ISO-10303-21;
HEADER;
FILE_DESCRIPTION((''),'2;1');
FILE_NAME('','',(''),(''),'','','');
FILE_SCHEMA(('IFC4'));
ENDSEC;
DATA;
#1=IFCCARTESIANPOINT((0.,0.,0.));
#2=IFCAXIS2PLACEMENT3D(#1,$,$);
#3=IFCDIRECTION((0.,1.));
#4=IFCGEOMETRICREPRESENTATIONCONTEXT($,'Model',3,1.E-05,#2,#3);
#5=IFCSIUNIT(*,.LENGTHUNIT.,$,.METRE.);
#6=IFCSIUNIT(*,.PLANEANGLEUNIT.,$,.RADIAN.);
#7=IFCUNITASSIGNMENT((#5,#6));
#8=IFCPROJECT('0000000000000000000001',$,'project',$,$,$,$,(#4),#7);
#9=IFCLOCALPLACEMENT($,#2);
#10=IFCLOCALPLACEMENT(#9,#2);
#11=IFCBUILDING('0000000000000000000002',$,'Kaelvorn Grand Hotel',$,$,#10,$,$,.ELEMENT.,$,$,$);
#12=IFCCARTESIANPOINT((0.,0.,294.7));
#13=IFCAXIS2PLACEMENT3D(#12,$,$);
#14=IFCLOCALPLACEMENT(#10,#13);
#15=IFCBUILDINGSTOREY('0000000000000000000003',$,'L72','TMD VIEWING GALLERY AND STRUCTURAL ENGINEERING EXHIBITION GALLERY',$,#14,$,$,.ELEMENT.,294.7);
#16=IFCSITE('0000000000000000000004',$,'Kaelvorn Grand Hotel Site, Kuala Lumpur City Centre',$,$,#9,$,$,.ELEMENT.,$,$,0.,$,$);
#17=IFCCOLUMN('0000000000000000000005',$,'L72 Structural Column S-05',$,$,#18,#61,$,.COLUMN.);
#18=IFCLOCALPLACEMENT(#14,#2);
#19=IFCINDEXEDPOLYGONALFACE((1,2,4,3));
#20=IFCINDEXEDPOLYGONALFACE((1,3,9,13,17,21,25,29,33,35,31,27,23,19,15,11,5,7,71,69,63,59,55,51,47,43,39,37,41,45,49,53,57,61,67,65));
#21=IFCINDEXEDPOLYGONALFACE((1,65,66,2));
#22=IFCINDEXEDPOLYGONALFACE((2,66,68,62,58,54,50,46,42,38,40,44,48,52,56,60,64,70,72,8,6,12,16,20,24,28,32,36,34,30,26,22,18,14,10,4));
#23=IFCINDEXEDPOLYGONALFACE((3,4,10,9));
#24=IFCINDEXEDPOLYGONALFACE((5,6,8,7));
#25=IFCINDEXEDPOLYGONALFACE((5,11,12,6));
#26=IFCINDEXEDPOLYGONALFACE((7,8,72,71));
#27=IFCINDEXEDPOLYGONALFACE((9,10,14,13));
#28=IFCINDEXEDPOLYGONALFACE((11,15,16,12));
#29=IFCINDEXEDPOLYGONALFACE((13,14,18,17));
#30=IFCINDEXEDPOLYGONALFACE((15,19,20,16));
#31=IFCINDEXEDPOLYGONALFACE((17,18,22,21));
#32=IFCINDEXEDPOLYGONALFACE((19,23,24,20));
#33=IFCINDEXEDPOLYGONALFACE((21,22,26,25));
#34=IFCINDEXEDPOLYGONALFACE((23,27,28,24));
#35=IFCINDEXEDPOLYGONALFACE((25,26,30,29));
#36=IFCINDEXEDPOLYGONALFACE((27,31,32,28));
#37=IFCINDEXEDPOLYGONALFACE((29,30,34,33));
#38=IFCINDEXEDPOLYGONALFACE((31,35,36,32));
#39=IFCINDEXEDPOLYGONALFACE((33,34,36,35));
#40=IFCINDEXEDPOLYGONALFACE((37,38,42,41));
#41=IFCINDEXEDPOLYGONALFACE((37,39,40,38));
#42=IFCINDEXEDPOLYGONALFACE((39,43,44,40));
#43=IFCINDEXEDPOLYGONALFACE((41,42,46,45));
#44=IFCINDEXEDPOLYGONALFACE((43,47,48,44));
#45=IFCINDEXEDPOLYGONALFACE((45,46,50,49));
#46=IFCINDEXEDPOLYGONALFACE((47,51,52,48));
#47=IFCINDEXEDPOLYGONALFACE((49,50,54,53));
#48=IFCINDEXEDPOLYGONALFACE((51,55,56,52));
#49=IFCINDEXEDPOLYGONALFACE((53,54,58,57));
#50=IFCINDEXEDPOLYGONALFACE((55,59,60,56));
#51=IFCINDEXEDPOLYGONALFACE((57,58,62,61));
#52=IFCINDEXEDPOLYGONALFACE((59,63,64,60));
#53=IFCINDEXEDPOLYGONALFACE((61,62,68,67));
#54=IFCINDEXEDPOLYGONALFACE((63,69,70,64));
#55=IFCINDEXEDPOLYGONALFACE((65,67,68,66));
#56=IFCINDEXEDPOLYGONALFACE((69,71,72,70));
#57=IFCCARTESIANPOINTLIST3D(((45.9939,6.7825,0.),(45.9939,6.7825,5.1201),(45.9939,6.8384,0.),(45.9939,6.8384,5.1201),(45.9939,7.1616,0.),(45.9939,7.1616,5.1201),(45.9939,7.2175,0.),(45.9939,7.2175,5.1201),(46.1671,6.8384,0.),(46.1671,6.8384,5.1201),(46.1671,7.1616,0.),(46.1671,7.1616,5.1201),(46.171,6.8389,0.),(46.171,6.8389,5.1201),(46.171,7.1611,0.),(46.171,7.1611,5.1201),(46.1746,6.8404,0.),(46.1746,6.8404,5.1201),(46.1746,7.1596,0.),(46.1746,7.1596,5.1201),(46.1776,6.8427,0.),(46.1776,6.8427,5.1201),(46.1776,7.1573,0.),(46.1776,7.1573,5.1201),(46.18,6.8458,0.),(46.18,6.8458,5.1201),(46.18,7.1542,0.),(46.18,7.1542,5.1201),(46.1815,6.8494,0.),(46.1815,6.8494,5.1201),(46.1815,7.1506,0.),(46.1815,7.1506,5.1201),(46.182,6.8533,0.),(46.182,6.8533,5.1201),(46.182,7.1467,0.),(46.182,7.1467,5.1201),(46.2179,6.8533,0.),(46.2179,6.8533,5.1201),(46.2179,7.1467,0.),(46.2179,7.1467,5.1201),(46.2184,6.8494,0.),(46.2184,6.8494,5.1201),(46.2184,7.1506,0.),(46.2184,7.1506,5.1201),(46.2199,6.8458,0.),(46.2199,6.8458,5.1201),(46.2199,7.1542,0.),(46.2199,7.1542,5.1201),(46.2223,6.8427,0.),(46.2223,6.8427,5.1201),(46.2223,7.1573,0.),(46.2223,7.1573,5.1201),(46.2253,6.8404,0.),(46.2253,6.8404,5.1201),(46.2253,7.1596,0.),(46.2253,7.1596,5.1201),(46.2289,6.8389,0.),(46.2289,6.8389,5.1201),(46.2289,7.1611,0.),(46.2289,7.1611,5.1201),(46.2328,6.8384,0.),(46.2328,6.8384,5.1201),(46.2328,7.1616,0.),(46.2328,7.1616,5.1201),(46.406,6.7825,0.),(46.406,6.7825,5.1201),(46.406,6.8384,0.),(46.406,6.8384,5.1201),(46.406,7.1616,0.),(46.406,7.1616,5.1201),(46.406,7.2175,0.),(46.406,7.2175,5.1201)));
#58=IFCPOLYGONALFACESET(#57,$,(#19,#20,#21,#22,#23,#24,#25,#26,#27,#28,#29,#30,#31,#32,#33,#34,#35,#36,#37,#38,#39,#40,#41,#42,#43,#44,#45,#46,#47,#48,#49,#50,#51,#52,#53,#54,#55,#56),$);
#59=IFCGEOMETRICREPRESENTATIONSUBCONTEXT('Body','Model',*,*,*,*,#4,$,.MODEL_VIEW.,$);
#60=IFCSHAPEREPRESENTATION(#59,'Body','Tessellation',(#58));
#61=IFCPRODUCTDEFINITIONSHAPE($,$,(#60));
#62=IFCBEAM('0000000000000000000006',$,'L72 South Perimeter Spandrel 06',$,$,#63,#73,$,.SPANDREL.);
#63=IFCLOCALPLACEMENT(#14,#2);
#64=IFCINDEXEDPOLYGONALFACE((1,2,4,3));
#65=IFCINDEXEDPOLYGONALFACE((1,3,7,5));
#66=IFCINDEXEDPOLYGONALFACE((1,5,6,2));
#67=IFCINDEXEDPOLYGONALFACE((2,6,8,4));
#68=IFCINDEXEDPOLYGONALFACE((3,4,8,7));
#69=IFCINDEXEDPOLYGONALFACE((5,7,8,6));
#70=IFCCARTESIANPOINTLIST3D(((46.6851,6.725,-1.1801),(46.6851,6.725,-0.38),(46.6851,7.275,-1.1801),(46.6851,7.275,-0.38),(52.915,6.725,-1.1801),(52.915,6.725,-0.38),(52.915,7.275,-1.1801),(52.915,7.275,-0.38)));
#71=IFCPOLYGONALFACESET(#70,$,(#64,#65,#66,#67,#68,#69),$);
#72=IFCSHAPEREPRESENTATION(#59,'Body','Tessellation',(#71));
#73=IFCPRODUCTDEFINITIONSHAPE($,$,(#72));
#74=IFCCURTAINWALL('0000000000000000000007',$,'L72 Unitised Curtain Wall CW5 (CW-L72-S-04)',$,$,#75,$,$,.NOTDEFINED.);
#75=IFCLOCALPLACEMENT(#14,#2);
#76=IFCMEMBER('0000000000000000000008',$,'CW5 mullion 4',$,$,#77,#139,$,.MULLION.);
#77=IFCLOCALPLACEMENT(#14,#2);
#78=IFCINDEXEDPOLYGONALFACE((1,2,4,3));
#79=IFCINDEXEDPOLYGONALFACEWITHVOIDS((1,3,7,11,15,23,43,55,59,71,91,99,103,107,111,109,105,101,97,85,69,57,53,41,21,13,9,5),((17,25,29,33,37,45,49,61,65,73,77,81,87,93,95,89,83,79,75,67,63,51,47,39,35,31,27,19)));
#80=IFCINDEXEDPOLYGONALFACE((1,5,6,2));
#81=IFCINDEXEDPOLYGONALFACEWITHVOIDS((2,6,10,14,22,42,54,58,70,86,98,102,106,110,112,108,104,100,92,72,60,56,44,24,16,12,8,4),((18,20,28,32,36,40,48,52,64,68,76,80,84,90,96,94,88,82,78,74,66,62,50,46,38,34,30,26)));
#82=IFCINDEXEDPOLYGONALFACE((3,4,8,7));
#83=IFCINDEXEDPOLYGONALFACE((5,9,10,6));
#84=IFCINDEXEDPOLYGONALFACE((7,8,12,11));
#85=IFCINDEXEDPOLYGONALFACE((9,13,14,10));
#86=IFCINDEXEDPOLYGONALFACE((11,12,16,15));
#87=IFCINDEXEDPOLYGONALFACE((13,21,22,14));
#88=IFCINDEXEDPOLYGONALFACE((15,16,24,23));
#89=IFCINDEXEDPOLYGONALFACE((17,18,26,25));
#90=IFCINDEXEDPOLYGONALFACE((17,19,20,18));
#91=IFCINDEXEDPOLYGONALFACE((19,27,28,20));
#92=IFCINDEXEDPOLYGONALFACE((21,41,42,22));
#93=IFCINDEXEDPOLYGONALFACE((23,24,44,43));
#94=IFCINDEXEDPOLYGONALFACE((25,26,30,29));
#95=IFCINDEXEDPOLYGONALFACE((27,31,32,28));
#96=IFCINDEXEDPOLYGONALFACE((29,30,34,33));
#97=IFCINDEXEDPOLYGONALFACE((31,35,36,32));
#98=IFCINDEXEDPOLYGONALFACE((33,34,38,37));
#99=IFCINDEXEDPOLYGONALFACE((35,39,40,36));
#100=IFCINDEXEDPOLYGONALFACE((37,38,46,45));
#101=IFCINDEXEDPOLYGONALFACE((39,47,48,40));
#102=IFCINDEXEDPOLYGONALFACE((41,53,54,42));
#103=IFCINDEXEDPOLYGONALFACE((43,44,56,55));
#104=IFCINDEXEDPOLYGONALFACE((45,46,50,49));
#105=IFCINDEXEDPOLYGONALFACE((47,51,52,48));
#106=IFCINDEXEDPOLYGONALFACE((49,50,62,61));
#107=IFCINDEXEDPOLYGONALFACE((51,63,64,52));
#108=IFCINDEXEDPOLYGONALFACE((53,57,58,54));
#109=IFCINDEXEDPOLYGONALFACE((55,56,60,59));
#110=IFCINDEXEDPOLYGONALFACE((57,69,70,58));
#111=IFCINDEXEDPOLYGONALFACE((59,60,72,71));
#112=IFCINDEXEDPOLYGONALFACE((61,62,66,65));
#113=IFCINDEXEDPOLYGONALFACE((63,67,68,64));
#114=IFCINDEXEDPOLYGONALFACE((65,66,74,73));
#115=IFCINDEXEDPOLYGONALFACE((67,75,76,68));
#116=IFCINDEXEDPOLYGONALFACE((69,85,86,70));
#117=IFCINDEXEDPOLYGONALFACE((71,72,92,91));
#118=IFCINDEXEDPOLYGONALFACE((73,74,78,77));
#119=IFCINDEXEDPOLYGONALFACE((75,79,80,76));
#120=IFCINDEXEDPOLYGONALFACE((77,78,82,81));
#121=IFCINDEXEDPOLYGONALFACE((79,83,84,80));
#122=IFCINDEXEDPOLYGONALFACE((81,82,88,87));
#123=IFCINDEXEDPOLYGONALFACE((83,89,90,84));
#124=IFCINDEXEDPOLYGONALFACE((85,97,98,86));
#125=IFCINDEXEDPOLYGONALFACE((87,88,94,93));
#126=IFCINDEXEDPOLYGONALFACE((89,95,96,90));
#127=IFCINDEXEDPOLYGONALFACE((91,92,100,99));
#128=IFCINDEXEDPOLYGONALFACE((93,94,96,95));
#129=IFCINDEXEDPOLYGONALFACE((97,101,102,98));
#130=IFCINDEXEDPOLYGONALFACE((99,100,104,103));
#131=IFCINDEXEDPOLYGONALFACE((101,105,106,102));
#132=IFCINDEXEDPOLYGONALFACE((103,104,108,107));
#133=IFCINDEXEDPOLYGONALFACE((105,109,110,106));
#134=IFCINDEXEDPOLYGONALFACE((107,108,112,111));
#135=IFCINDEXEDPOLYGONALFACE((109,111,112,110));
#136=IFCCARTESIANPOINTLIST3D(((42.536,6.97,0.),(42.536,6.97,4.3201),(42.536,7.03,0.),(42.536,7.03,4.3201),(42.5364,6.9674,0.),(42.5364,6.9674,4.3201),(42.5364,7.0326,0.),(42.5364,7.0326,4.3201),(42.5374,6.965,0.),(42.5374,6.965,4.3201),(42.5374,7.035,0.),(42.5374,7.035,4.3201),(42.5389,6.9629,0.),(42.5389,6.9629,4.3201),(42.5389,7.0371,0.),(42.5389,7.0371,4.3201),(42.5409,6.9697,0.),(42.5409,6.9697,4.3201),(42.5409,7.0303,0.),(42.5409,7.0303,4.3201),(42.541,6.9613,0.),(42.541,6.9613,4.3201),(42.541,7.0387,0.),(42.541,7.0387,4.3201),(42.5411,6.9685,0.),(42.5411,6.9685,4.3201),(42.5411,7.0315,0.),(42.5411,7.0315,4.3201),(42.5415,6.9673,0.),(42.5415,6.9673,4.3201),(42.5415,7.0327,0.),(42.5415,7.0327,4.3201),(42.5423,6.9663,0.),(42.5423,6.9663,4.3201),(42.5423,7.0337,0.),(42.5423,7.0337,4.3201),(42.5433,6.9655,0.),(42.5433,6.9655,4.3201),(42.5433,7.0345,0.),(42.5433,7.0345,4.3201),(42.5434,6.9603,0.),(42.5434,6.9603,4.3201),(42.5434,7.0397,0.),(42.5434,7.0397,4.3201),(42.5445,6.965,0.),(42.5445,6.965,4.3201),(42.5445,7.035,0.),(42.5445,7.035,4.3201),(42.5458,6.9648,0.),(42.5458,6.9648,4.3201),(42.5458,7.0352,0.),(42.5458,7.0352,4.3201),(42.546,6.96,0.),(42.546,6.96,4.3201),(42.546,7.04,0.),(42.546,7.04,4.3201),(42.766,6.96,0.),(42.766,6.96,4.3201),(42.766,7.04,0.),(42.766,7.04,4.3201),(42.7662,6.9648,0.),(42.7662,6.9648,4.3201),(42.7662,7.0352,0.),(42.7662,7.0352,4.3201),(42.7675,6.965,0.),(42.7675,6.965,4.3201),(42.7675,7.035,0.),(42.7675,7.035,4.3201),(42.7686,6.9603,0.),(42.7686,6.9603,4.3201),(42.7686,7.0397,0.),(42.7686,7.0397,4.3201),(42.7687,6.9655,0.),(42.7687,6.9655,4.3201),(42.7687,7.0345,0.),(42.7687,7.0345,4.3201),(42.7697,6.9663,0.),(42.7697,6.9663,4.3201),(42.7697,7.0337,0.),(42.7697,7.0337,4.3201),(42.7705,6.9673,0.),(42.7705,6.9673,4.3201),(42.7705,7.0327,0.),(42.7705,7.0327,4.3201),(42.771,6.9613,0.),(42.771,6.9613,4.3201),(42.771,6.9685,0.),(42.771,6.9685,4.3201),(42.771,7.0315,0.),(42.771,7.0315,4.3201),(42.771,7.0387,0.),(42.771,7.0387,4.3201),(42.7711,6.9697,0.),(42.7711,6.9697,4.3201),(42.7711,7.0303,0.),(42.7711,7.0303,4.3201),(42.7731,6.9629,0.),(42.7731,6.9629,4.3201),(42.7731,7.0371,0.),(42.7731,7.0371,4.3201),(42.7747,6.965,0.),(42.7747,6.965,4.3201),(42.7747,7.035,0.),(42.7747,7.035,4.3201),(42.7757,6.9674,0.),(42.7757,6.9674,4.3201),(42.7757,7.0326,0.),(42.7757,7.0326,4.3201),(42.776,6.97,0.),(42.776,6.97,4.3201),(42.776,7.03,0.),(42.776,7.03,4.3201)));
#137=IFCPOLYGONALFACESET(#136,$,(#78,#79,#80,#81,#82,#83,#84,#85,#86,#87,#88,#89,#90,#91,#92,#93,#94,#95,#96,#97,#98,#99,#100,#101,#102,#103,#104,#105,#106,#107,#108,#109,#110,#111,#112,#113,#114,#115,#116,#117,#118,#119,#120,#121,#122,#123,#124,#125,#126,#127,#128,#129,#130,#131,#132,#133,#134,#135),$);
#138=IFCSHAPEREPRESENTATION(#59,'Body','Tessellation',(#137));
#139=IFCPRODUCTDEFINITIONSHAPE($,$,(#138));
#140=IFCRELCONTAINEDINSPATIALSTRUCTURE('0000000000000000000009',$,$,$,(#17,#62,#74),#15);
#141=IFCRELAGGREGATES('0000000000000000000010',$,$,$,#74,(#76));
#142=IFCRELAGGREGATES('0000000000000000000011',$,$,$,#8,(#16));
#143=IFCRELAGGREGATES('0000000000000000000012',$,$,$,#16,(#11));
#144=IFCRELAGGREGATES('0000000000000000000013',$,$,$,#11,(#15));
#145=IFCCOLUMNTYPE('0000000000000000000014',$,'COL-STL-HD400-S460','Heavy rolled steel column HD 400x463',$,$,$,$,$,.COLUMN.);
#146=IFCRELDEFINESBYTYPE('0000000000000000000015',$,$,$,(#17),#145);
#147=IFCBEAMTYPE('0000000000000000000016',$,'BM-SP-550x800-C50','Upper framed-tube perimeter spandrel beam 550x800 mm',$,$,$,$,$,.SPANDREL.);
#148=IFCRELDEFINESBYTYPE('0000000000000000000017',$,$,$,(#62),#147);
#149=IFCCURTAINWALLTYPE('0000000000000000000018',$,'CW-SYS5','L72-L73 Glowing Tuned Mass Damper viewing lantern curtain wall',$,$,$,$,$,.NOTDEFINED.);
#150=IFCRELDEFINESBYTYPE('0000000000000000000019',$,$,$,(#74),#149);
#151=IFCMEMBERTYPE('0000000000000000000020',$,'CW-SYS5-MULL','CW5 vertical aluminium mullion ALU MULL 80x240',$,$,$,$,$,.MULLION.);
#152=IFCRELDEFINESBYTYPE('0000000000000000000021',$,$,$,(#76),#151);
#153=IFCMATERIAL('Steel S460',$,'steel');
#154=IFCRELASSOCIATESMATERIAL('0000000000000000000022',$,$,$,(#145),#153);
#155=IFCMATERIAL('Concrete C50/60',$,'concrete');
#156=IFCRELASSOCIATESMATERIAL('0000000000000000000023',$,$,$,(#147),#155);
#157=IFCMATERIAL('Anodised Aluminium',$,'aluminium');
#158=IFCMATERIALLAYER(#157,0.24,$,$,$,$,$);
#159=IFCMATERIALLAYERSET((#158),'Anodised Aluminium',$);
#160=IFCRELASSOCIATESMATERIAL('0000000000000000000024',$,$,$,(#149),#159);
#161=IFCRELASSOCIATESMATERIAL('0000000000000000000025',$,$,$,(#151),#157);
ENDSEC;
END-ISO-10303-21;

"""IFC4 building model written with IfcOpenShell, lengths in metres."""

from ifc_helpers import new_model, si_unit, direction, frame, origin, origin_2d, place, context, subcontext, project, spatial, rectangle, hollow_rectangle, i_section, extrude, material, layer, layer_set, material_profile, profile_set, type_object, element, aggregate, save


model = new_model("IFC4")

# Units and contexts
model_context = context("Model", 3, precision=1e-05, world=origin(), true_north=direction((0.0, 1.0)))
body_context = subcontext(model_context, "Body", "Model", "MODEL_VIEW")
ifc_project = project(units=[si_unit("LENGTHUNIT", "METRE"), si_unit("PLANEANGLEUNIT", "RADIAN")], contexts=[model_context])

# Site, building, storey
site_placement = place(None, origin())
site = spatial("IfcSite", under=ifc_project, at=site_placement, Name="Kaelvorn Grand Hotel Site, Kuala Lumpur City Centre", CompositionType="ELEMENT", RefElevation=0.0)
building_placement = place(site_placement, origin())
building = spatial("IfcBuilding", under=site, at=building_placement, Name="Kaelvorn Grand Hotel", CompositionType="ELEMENT")
storey_placement = place(building_placement, frame((0.0, 0.0, 294.7)))
storey = spatial("IfcBuildingStorey", under=building, at=storey_placement, Name="L72", Description="TMD VIEWING GALLERY AND STRUCTURAL ENGINEERING EXHIBITION GALLERY", CompositionType="ELEMENT", Elevation=294.7)

# Column
ifc_material_1 = material(Name="Steel S460", Category="steel")
ifc_material_profile_1 = material_profile(ifc_material_1, i_section(OverallWidth=0.4121, OverallDepth=0.4351, WebThickness=0.0359, FlangeThickness=0.0559, FilletRadius=0.0149, at=origin_2d()), Name="HD 400x463")
ifc_profile_set_1 = profile_set([ifc_material_profile_1], Name="Steel S460")
column_type = type_object("IfcColumnType", Name="COL-STL-HD400-S460", Description="Heavy rolled steel column HD 400x463", PredefinedType="COLUMN", material=ifc_profile_set_1)
column_placement = place(storey_placement, frame((46.2, 7.0, 0.0), z_axis=(0.0, 0.0, 1.0), x_axis=(1.0, 0.0, 0.0)))
element("IfcColumn", 1, at=column_placement, inside=storey, type_object=column_type, Name="L72 Structural Column S-05", PredefinedType="COLUMN", context=body_context, shape_type="SweptSolid", body=[
    extrude(i_section(OverallWidth=0.4121, OverallDepth=0.4351, WebThickness=0.0359, FlangeThickness=0.0559, FilletRadius=0.0149, at=origin_2d()), origin(), (0.0, 0.0, 1.0), 5.1201),
])

# Beam
ifc_material_2 = material(Name="Concrete C50/60", Category="concrete")
ifc_material_profile_2 = material_profile(ifc_material_2, rectangle(XDim=0.55, YDim=0.8, at=origin_2d()), Name="RC SPANDREL 550x800")
ifc_profile_set_2 = profile_set([ifc_material_profile_2], Name="Concrete C50/60")
beam_type = type_object("IfcBeamType", Name="BM-SP-550x800-C50", Description="Upper framed-tube perimeter spandrel beam 550x800 mm", PredefinedType="SPANDREL", material=ifc_profile_set_2)
beam_placement = place(storey_placement, frame((46.6851, 7.0, -0.78), z_axis=(1.0, 0.0, 0.0), x_axis=(0.0, 1.0, 0.0)))
element("IfcBeam", 2, at=beam_placement, inside=storey, type_object=beam_type, Name="L72 South Perimeter Spandrel 06", PredefinedType="SPANDREL", context=body_context, shape_type="SweptSolid", body=[
    extrude(rectangle(XDim=0.55, YDim=0.8, at=origin_2d()), origin(), (0.0, 0.0, 1.0), 6.23),
])

# Curtain wall, member
ifc_material_3 = material(Name="Anodised Aluminium", Category="aluminium")
ifc_layer_1 = layer(ifc_material_3, 0.24)
ifc_layer_set_1 = layer_set([ifc_layer_1], Name="Anodised Aluminium")
curtain_wall_type = type_object("IfcCurtainWallType", Name="CW-SYS5", Description="L72-L73 Glowing Tuned Mass Damper viewing lantern curtain wall", PredefinedType="NOTDEFINED", material=ifc_layer_set_1)
curtain_wall_1_placement = place(storey_placement, origin())
curtain_wall_1 = element("IfcCurtainWall", 3, at=curtain_wall_1_placement, inside=storey, type_object=curtain_wall_type, Name="L72 Unitised Curtain Wall CW5 (CW-L72-S-04)", PredefinedType="NOTDEFINED")
ifc_material_profile_3 = material_profile(ifc_material_3, hollow_rectangle(XDim=0.0801, YDim=0.24, WallThickness=0.0049, InnerFilletRadius=0.0049, OuterFilletRadius=0.01, at=origin_2d()), Name="ALU MULL 80x240")
ifc_profile_set_3 = profile_set([ifc_material_profile_3], Name="Anodised Aluminium")
member_type_1 = type_object("IfcMemberType", Name="CW-SYS5-MULL", Description="CW5 vertical aluminium mullion ALU MULL 80x240", PredefinedType="MULLION", material=ifc_profile_set_3)
member_1_placement = place(storey_placement, frame((42.656, 7.0, 0.0), z_axis=(0.0, 0.0, 1.0), x_axis=(0.0, 1.0, 0.0)))
member_1 = element("IfcMember", 4, at=member_1_placement, type_object=member_type_1, Name="CW5 mullion 4", PredefinedType="MULLION", context=body_context, shape_type="SweptSolid", body=[
    extrude(hollow_rectangle(XDim=0.0801, YDim=0.24, WallThickness=0.0049, InnerFilletRadius=0.0049, OuterFilletRadius=0.01, at=origin_2d()), origin(), (0.0, 0.0, 1.0), 4.3201),
])

aggregate(curtain_wall_1, [member_1])

save(model, "model.ifc")
